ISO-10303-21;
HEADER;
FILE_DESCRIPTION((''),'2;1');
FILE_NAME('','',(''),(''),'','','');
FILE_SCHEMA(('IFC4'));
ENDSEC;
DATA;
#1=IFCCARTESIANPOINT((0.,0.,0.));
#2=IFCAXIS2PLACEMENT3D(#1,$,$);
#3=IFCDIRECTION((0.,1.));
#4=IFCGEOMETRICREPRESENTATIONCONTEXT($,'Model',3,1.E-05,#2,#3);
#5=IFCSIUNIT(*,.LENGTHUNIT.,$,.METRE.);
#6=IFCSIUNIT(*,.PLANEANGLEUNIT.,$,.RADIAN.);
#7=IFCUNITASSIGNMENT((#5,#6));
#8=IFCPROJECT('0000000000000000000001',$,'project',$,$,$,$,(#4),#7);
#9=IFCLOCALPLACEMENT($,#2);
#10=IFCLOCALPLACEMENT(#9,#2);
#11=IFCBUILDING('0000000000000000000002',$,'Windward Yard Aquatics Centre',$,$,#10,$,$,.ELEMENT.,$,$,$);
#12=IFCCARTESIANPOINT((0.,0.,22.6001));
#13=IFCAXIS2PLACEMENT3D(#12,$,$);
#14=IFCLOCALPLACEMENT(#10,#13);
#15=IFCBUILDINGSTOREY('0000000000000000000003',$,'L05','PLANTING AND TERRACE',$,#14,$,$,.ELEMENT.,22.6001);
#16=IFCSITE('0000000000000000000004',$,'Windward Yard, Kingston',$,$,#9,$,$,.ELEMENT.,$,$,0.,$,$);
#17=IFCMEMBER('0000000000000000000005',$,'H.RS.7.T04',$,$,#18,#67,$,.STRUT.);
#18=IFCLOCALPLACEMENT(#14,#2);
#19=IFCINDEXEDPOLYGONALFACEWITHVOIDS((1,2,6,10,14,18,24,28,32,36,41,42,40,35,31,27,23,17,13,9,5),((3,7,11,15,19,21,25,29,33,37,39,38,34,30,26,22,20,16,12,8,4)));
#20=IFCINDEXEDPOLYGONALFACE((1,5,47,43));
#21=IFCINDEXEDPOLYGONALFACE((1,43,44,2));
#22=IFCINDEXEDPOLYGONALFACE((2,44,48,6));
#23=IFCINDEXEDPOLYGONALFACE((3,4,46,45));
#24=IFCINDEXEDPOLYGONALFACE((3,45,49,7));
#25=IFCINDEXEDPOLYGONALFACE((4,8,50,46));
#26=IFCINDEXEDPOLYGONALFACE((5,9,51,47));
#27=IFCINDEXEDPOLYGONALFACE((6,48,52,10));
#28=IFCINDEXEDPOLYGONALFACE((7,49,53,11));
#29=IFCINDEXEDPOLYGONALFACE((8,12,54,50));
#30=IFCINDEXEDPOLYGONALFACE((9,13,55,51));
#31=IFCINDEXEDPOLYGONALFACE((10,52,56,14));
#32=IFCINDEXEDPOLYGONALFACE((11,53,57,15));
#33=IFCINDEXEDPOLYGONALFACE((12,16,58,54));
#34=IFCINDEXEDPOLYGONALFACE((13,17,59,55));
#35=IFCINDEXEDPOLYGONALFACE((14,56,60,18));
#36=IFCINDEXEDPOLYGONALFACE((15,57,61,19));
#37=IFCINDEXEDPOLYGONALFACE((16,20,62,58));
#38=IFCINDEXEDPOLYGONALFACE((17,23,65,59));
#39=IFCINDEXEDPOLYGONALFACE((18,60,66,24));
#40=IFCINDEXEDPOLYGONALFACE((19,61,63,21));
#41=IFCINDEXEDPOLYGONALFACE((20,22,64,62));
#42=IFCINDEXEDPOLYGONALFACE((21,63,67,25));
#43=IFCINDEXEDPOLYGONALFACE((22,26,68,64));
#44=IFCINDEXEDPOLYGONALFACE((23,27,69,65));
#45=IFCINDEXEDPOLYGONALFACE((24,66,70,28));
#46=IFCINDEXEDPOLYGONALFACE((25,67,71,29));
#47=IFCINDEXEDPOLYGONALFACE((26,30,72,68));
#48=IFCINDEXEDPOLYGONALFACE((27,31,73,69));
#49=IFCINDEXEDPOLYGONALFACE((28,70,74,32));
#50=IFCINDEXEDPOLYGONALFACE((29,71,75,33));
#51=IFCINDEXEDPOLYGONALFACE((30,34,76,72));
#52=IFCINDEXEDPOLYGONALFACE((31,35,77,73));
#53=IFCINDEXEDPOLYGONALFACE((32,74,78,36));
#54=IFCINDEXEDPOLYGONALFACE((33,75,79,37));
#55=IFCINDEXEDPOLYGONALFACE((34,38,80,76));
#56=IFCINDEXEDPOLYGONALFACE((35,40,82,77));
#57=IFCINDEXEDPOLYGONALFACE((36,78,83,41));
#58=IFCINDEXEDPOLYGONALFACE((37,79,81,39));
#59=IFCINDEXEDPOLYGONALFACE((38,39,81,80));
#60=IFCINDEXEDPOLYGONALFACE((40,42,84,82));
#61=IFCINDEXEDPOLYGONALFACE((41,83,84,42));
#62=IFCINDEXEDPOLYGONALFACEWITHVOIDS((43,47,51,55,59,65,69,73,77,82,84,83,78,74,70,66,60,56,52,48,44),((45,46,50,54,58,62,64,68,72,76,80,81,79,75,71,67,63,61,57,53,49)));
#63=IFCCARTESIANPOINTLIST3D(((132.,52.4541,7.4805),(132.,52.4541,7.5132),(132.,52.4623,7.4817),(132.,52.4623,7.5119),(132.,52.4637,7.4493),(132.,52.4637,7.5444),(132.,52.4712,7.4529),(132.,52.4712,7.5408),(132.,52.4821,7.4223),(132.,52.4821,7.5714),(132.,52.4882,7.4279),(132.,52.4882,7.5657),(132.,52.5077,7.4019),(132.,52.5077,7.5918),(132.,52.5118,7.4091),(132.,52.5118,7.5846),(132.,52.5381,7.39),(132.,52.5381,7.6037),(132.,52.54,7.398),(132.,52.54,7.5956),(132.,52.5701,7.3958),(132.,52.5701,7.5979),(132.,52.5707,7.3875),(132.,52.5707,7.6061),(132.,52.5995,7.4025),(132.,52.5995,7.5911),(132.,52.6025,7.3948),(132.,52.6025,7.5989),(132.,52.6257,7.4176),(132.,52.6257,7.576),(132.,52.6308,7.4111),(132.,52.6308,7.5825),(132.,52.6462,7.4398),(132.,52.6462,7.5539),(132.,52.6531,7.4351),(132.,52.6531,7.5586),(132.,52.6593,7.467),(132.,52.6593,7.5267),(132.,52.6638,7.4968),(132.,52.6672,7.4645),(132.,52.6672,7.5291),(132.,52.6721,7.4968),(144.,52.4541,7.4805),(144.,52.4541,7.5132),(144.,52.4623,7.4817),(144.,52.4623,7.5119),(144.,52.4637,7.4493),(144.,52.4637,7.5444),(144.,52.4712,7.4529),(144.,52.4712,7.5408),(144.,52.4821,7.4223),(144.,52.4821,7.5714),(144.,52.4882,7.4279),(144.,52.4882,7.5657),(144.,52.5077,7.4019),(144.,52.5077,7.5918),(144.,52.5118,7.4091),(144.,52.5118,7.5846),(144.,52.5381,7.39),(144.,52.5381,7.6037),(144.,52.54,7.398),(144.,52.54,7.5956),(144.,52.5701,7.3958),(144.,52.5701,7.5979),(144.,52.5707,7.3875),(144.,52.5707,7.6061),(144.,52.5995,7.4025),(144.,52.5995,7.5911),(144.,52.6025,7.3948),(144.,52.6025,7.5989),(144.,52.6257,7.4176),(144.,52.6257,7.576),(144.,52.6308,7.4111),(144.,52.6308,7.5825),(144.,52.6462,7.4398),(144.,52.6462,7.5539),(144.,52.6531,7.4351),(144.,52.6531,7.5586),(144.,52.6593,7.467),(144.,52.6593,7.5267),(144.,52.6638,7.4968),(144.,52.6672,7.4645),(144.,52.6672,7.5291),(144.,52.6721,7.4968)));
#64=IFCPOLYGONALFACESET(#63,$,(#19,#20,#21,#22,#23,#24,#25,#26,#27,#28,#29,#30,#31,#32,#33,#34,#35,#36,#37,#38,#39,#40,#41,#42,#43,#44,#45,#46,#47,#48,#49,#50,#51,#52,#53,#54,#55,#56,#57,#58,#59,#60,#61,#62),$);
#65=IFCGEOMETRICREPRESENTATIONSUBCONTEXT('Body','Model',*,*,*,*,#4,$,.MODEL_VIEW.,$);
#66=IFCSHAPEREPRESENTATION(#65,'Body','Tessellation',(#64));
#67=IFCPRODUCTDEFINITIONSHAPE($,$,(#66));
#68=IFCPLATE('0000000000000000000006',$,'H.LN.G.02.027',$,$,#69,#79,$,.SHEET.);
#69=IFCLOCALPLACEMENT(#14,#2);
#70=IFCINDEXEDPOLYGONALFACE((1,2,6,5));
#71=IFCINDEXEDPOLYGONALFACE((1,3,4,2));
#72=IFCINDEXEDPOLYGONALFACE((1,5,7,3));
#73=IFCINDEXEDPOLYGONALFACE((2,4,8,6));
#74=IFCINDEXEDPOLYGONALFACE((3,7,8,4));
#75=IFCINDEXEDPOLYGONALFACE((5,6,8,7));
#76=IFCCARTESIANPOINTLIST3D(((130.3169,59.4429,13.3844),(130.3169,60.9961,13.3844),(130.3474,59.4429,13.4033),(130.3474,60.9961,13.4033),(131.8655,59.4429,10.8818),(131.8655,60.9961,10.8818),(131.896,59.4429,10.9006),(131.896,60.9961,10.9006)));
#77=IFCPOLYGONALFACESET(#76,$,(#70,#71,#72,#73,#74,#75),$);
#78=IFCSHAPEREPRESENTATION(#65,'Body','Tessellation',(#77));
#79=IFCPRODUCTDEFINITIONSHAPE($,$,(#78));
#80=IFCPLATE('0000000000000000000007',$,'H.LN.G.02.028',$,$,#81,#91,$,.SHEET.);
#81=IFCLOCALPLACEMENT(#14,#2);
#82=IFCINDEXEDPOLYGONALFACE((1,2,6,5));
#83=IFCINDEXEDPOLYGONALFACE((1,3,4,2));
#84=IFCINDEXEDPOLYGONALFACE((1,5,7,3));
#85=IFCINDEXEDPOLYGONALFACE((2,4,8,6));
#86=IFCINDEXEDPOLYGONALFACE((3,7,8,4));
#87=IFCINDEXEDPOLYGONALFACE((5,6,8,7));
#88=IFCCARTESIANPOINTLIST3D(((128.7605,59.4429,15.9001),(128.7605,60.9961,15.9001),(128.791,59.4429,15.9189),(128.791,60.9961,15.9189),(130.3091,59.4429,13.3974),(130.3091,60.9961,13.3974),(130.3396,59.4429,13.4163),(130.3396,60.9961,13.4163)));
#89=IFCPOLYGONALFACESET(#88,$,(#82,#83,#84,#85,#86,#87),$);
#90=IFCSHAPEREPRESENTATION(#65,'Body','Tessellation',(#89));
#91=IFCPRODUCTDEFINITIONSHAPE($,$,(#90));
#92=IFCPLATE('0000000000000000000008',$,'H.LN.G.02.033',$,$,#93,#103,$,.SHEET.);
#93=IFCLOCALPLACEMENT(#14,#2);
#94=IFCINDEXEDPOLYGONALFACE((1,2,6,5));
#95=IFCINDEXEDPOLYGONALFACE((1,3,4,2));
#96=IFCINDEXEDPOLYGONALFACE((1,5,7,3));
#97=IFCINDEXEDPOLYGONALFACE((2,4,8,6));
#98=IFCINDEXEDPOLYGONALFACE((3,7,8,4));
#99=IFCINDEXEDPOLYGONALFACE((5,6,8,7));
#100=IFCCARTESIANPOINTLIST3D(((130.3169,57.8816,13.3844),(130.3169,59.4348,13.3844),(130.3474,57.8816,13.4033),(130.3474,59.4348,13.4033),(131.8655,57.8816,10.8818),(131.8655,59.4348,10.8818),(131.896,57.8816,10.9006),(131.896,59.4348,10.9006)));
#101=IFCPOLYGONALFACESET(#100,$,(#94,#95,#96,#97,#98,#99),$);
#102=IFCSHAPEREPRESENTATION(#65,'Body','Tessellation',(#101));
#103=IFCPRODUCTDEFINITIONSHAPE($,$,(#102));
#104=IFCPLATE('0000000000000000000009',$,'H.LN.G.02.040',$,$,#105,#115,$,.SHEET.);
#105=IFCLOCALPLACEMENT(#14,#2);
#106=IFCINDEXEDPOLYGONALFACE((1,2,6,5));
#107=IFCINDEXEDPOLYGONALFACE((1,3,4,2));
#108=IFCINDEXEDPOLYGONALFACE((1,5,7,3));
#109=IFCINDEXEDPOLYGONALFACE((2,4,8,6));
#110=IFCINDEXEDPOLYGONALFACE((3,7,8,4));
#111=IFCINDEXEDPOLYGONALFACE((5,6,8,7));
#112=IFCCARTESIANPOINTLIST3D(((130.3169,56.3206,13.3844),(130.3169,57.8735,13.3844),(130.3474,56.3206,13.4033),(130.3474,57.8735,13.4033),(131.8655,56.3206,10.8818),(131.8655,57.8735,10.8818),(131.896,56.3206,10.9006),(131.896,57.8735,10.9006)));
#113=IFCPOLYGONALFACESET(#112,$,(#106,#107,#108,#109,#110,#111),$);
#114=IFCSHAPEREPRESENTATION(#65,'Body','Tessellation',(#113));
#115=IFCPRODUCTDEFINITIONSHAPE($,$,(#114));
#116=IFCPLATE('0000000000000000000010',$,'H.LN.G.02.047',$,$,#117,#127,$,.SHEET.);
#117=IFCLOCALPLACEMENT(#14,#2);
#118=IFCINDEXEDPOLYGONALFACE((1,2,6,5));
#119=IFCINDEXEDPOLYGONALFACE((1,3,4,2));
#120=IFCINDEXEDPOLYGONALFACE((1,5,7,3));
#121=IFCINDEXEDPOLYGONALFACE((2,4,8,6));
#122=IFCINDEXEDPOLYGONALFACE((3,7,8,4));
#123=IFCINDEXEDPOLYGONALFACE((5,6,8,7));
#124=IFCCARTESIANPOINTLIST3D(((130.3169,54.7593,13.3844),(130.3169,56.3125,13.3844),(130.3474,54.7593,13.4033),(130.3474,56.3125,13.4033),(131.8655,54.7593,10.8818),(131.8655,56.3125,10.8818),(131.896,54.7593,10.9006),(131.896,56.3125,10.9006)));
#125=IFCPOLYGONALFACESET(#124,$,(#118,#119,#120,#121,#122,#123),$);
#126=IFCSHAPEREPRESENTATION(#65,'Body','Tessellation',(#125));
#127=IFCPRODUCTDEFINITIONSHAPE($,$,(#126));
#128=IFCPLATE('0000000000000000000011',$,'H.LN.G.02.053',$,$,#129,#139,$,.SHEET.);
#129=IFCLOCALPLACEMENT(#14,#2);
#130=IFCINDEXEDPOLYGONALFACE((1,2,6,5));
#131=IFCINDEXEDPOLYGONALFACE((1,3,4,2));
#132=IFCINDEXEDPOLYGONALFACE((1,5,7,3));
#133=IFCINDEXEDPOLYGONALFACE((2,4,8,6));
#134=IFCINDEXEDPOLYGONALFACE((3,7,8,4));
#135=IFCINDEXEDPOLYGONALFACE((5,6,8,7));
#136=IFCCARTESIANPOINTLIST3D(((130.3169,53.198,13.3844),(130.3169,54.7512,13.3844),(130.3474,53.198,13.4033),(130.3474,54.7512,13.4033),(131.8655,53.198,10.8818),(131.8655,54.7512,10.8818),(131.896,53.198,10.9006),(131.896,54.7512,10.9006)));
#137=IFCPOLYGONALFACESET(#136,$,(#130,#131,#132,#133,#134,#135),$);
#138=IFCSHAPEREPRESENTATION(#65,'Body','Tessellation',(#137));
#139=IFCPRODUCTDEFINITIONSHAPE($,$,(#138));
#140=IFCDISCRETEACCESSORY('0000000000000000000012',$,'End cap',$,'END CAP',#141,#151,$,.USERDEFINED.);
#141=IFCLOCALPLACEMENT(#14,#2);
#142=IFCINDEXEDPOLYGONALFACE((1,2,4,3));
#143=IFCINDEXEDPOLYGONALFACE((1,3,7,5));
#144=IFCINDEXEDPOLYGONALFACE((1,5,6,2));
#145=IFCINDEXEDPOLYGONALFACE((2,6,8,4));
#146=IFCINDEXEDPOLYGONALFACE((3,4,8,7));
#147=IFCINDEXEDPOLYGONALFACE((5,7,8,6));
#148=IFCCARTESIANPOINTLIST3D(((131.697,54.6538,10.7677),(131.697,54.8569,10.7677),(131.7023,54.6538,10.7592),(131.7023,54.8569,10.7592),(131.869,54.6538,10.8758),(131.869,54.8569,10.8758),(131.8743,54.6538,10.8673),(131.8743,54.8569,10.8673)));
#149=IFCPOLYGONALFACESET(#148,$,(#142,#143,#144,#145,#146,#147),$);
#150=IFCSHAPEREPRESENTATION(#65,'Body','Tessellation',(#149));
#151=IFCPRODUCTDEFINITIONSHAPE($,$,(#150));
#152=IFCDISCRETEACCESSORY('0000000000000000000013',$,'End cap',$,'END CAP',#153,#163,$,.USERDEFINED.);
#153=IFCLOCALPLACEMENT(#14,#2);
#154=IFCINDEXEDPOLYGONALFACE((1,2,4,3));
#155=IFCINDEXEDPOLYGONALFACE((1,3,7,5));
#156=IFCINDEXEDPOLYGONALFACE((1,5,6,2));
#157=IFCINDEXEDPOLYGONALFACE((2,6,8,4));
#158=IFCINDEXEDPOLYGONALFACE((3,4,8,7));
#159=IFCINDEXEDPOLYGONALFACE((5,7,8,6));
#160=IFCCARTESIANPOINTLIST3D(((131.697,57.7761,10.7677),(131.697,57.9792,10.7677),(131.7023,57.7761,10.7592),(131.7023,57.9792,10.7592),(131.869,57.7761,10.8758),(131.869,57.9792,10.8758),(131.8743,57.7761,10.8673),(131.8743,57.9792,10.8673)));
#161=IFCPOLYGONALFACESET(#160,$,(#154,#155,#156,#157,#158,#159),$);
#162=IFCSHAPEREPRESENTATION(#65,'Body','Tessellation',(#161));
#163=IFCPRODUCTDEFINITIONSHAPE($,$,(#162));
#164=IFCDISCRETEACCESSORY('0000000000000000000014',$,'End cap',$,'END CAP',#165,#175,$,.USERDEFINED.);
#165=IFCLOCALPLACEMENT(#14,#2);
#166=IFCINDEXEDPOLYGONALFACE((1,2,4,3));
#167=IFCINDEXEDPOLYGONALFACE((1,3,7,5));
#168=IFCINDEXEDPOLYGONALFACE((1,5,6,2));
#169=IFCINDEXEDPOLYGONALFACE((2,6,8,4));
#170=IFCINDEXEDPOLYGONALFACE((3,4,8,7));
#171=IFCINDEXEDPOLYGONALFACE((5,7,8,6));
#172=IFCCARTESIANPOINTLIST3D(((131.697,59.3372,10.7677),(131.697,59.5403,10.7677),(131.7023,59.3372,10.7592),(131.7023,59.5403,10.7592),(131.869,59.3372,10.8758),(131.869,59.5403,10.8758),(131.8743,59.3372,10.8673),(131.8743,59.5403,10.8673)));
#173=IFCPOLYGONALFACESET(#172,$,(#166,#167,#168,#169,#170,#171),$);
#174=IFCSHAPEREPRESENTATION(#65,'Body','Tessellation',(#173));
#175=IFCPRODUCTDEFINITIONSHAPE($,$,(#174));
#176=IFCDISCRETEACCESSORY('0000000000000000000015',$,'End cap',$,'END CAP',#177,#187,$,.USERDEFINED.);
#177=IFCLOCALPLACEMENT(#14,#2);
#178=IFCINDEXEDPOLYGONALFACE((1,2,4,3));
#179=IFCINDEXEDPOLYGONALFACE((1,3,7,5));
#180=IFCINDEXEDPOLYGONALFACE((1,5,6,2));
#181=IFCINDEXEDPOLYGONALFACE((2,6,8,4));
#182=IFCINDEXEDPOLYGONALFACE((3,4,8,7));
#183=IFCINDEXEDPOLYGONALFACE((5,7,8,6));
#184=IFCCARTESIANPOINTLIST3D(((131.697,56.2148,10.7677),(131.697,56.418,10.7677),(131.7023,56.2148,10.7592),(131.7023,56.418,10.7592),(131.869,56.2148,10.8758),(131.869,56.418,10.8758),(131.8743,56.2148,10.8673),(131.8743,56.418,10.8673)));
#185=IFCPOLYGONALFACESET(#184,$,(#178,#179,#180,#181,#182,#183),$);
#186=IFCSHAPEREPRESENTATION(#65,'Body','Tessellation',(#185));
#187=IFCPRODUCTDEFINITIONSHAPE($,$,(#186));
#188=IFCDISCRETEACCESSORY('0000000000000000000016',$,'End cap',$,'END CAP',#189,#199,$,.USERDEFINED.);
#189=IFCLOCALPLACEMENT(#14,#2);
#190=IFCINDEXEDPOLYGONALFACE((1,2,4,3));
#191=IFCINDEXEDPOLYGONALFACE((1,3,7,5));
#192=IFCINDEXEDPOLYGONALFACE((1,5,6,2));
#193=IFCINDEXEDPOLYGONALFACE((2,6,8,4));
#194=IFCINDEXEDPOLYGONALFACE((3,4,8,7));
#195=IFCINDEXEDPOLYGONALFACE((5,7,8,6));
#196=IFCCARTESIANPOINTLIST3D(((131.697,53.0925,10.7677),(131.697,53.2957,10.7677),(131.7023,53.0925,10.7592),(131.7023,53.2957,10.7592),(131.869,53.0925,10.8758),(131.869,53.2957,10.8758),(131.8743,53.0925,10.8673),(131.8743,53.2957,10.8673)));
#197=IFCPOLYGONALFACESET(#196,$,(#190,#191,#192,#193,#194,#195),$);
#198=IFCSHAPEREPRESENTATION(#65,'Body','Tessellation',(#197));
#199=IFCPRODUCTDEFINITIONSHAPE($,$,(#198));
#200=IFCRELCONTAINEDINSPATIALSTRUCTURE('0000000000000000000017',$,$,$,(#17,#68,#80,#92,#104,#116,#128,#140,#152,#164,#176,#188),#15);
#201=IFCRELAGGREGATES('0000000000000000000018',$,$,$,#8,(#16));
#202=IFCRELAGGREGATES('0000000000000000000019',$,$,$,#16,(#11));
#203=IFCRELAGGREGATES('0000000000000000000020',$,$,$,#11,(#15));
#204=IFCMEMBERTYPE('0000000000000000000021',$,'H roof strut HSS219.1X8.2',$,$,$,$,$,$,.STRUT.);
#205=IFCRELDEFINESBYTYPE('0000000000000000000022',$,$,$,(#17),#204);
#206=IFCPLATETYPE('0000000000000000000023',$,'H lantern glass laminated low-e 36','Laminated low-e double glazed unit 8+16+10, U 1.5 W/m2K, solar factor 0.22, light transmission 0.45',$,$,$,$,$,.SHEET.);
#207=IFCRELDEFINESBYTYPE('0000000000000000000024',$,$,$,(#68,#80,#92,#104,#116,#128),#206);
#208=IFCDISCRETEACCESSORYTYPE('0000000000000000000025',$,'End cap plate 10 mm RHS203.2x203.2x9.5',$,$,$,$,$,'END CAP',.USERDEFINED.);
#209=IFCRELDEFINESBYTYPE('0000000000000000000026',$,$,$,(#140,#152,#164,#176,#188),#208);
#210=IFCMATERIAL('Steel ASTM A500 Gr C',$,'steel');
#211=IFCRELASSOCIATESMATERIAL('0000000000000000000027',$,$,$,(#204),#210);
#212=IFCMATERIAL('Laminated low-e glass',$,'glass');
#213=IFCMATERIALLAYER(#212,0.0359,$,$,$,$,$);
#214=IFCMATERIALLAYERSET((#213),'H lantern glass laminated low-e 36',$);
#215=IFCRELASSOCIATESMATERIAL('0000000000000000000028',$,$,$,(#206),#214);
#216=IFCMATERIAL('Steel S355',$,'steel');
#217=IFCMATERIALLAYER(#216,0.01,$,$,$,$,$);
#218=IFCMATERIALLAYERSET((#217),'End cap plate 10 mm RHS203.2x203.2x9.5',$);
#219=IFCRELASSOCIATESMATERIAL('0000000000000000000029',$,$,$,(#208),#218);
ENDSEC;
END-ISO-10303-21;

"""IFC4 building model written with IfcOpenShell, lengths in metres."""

from ifc_helpers import new_model, si_unit, direction, frame, origin, origin_2d, place, context, subcontext, project, spatial, polyline, rectangle, hollow_circle, outline, extrude, material, layer, layer_set, material_profile, profile_set, type_object, element, save


model = new_model("IFC4")

# Units and contexts
model_context = context("Model", 3, precision=1e-05, world=origin(), true_north=direction((0.0, 1.0)))
body_context = subcontext(model_context, "Body", "Model", "MODEL_VIEW")
ifc_project = project(units=[si_unit("LENGTHUNIT", "METRE"), si_unit("PLANEANGLEUNIT", "RADIAN")], contexts=[model_context])

# Site, building, storey
site_placement = place(None, origin())
site = spatial("IfcSite", under=ifc_project, at=site_placement, Name="Windward Yard, Kingston", CompositionType="ELEMENT", RefElevation=0.0)
building_placement = place(site_placement, origin())
building = spatial("IfcBuilding", under=site, at=building_placement, Name="Windward Yard Aquatics Centre", CompositionType="ELEMENT")
storey_placement = place(building_placement, frame((0.0, 0.0, 22.6001)))
storey = spatial("IfcBuildingStorey", under=building, at=storey_placement, Name="L05", Description="PLANTING AND TERRACE", CompositionType="ELEMENT", Elevation=22.6001)

# Member
ifc_material_1 = material(Name="Steel ASTM A500 Gr C", Category="steel")
ifc_material_profile_1 = material_profile(ifc_material_1, hollow_circle(Radius=0.1096, WallThickness=0.0083, at=origin_2d()), Name="HSS219.1X8.2")
ifc_profile_set_1 = profile_set([ifc_material_profile_1], Name="Steel ASTM A500 Gr C")
member_type_1 = type_object("IfcMemberType", Name="H roof strut HSS219.1X8.2", PredefinedType="STRUT", material=ifc_profile_set_1)
member_1_placement = place(storey_placement, frame((132.0, 52.5625, 7.4968), z_axis=(1.0, 0.0, 0.0), x_axis=(0.0, 1.0, 0.0)))
element("IfcMember", 1, at=member_1_placement, inside=storey, type_object=member_type_1, Name="H.RS.7.T04", PredefinedType="STRUT", context=body_context, shape_type="SweptSolid", body=[
    extrude(hollow_circle(Radius=0.1096, WallThickness=0.0083, at=origin_2d()), origin(), (0.0, 0.0, 1.0), 12.0),
])

# Plates
ifc_material_2 = material(Name="Laminated low-e glass", Category="glass")
ifc_layer_1 = layer(ifc_material_2, 0.0359)
ifc_layer_set_1 = layer_set([ifc_layer_1], Name="H lantern glass laminated low-e 36")
plate_type = type_object("IfcPlateType", Name="H lantern glass laminated low-e 36", Description="Laminated low-e double glazed unit 8+16+10, U 1.5 W/m2K, solar factor 0.22, light transmission 0.45", PredefinedType="SHEET", material=ifc_layer_set_1)
for number, where, z_axis, x_axis, name in (
    (2, (130.3474, 59.4429, 13.4033), (0.850371, 0.0, 0.526183), (0.0, 1.0, 0.0), "H.LN.G.02.027"),
    (3, (128.791, 59.4429, 15.9189), (0.850371, 0.0, 0.526183), (0.0, 1.0, 0.0), "H.LN.G.02.028"),
    (4, (130.3474, 57.8816, 13.4033), (0.850371, 0.0, 0.526183), (0.0, 1.0, 0.0), "H.LN.G.02.033"),
):
    element("IfcPlate", number, at=place(storey_placement, frame(where, z_axis=z_axis, x_axis=x_axis)), inside=storey, type_object=plate_type, Name=name, PredefinedType="SHEET", context=body_context, shape_type="SweptSolid", body=[
        extrude(outline(polyline([(0.0, 0.0), (1.5532, 0.0), (1.5532, -2.9431), (0.0, -2.9431), (0.0, 0.0)])), origin(), (0.0, 0.0, -1.0), 0.0359),
    ])
plate_placement = place(storey_placement, frame((130.3474, 56.3206, 13.4033), z_axis=(0.850371, 0.0, 0.526183), x_axis=(0.0, 1.0, 0.0)))
element("IfcPlate", 5, at=plate_placement, inside=storey, type_object=plate_type, Name="H.LN.G.02.040", PredefinedType="SHEET", context=body_context, shape_type="SweptSolid", body=[
    extrude(outline(polyline([(0.0, 0.0), (1.553, 0.0), (1.553, -2.9431), (0.0, -2.9431), (0.0, 0.0)])), origin(), (0.0, 0.0, -1.0), 0.0359),
])
for number, where, z_axis, x_axis, name in (
    (6, (130.3474, 54.7593, 13.4033), (0.850371, 0.0, 0.526183), (0.0, 1.0, 0.0), "H.LN.G.02.047"),
    (7, (130.3474, 53.198, 13.4033), (0.850371, 0.0, 0.526183), (0.0, 1.0, 0.0), "H.LN.G.02.053"),
):
    element("IfcPlate", number, at=place(storey_placement, frame(where, z_axis=z_axis, x_axis=x_axis)), inside=storey, type_object=plate_type, Name=name, PredefinedType="SHEET", context=body_context, shape_type="SweptSolid", body=[
        extrude(outline(polyline([(0.0, 0.0), (1.5532, 0.0), (1.5532, -2.9431), (0.0, -2.9431), (0.0, 0.0)])), origin(), (0.0, 0.0, -1.0), 0.0359),
    ])

# Discrete accessories
ifc_material_3 = material(Name="Steel S355", Category="steel")
ifc_layer_2 = layer(ifc_material_3, 0.01)
ifc_layer_set_2 = layer_set([ifc_layer_2], Name="End cap plate 10 mm RHS203.2x203.2x9.5")
discrete_accessory_type_1 = type_object("IfcDiscreteAccessoryType", Name="End cap plate 10 mm RHS203.2x203.2x9.5", ElementType="END CAP", PredefinedType="USERDEFINED", material=ifc_layer_set_2)
for number, where, z_axis, x_axis, name in (
    (8, (131.7883, 54.7554, 10.8132), (-0.532172, 0.0, 0.846637), (0.0, -1.0, 0.0), "End cap"),
    (9, (131.7883, 57.8777, 10.8132), (-0.532172, 0.0, 0.846637), (0.0, -1.0, 0.0), "End cap"),
    (10, (131.7883, 59.4387, 10.8132), (-0.532172, 0.0, 0.846637), (0.0, -1.0, 0.0), "End cap"),
    (11, (131.7883, 56.3164, 10.8132), (-0.532172, 0.0, 0.846637), (0.0, -1.0, 0.0), "End cap"),
    (12, (131.7883, 53.1941, 10.8132), (-0.532172, 0.0, 0.846637), (0.0, -1.0, 0.0), "End cap"),
):
    element("IfcDiscreteAccessory", number, at=place(storey_placement, frame(where, z_axis=z_axis, x_axis=x_axis)), inside=storey, type_object=discrete_accessory_type_1, Name=name, ObjectType="END CAP", PredefinedType="USERDEFINED", context=body_context, shape_type="SweptSolid", body=[
        extrude(rectangle(XDim=0.2031, YDim=0.2031, at=origin_2d()), origin(), (0.0, 0.0, 1.0), 0.01),
    ])

save(model, "model.ifc")
